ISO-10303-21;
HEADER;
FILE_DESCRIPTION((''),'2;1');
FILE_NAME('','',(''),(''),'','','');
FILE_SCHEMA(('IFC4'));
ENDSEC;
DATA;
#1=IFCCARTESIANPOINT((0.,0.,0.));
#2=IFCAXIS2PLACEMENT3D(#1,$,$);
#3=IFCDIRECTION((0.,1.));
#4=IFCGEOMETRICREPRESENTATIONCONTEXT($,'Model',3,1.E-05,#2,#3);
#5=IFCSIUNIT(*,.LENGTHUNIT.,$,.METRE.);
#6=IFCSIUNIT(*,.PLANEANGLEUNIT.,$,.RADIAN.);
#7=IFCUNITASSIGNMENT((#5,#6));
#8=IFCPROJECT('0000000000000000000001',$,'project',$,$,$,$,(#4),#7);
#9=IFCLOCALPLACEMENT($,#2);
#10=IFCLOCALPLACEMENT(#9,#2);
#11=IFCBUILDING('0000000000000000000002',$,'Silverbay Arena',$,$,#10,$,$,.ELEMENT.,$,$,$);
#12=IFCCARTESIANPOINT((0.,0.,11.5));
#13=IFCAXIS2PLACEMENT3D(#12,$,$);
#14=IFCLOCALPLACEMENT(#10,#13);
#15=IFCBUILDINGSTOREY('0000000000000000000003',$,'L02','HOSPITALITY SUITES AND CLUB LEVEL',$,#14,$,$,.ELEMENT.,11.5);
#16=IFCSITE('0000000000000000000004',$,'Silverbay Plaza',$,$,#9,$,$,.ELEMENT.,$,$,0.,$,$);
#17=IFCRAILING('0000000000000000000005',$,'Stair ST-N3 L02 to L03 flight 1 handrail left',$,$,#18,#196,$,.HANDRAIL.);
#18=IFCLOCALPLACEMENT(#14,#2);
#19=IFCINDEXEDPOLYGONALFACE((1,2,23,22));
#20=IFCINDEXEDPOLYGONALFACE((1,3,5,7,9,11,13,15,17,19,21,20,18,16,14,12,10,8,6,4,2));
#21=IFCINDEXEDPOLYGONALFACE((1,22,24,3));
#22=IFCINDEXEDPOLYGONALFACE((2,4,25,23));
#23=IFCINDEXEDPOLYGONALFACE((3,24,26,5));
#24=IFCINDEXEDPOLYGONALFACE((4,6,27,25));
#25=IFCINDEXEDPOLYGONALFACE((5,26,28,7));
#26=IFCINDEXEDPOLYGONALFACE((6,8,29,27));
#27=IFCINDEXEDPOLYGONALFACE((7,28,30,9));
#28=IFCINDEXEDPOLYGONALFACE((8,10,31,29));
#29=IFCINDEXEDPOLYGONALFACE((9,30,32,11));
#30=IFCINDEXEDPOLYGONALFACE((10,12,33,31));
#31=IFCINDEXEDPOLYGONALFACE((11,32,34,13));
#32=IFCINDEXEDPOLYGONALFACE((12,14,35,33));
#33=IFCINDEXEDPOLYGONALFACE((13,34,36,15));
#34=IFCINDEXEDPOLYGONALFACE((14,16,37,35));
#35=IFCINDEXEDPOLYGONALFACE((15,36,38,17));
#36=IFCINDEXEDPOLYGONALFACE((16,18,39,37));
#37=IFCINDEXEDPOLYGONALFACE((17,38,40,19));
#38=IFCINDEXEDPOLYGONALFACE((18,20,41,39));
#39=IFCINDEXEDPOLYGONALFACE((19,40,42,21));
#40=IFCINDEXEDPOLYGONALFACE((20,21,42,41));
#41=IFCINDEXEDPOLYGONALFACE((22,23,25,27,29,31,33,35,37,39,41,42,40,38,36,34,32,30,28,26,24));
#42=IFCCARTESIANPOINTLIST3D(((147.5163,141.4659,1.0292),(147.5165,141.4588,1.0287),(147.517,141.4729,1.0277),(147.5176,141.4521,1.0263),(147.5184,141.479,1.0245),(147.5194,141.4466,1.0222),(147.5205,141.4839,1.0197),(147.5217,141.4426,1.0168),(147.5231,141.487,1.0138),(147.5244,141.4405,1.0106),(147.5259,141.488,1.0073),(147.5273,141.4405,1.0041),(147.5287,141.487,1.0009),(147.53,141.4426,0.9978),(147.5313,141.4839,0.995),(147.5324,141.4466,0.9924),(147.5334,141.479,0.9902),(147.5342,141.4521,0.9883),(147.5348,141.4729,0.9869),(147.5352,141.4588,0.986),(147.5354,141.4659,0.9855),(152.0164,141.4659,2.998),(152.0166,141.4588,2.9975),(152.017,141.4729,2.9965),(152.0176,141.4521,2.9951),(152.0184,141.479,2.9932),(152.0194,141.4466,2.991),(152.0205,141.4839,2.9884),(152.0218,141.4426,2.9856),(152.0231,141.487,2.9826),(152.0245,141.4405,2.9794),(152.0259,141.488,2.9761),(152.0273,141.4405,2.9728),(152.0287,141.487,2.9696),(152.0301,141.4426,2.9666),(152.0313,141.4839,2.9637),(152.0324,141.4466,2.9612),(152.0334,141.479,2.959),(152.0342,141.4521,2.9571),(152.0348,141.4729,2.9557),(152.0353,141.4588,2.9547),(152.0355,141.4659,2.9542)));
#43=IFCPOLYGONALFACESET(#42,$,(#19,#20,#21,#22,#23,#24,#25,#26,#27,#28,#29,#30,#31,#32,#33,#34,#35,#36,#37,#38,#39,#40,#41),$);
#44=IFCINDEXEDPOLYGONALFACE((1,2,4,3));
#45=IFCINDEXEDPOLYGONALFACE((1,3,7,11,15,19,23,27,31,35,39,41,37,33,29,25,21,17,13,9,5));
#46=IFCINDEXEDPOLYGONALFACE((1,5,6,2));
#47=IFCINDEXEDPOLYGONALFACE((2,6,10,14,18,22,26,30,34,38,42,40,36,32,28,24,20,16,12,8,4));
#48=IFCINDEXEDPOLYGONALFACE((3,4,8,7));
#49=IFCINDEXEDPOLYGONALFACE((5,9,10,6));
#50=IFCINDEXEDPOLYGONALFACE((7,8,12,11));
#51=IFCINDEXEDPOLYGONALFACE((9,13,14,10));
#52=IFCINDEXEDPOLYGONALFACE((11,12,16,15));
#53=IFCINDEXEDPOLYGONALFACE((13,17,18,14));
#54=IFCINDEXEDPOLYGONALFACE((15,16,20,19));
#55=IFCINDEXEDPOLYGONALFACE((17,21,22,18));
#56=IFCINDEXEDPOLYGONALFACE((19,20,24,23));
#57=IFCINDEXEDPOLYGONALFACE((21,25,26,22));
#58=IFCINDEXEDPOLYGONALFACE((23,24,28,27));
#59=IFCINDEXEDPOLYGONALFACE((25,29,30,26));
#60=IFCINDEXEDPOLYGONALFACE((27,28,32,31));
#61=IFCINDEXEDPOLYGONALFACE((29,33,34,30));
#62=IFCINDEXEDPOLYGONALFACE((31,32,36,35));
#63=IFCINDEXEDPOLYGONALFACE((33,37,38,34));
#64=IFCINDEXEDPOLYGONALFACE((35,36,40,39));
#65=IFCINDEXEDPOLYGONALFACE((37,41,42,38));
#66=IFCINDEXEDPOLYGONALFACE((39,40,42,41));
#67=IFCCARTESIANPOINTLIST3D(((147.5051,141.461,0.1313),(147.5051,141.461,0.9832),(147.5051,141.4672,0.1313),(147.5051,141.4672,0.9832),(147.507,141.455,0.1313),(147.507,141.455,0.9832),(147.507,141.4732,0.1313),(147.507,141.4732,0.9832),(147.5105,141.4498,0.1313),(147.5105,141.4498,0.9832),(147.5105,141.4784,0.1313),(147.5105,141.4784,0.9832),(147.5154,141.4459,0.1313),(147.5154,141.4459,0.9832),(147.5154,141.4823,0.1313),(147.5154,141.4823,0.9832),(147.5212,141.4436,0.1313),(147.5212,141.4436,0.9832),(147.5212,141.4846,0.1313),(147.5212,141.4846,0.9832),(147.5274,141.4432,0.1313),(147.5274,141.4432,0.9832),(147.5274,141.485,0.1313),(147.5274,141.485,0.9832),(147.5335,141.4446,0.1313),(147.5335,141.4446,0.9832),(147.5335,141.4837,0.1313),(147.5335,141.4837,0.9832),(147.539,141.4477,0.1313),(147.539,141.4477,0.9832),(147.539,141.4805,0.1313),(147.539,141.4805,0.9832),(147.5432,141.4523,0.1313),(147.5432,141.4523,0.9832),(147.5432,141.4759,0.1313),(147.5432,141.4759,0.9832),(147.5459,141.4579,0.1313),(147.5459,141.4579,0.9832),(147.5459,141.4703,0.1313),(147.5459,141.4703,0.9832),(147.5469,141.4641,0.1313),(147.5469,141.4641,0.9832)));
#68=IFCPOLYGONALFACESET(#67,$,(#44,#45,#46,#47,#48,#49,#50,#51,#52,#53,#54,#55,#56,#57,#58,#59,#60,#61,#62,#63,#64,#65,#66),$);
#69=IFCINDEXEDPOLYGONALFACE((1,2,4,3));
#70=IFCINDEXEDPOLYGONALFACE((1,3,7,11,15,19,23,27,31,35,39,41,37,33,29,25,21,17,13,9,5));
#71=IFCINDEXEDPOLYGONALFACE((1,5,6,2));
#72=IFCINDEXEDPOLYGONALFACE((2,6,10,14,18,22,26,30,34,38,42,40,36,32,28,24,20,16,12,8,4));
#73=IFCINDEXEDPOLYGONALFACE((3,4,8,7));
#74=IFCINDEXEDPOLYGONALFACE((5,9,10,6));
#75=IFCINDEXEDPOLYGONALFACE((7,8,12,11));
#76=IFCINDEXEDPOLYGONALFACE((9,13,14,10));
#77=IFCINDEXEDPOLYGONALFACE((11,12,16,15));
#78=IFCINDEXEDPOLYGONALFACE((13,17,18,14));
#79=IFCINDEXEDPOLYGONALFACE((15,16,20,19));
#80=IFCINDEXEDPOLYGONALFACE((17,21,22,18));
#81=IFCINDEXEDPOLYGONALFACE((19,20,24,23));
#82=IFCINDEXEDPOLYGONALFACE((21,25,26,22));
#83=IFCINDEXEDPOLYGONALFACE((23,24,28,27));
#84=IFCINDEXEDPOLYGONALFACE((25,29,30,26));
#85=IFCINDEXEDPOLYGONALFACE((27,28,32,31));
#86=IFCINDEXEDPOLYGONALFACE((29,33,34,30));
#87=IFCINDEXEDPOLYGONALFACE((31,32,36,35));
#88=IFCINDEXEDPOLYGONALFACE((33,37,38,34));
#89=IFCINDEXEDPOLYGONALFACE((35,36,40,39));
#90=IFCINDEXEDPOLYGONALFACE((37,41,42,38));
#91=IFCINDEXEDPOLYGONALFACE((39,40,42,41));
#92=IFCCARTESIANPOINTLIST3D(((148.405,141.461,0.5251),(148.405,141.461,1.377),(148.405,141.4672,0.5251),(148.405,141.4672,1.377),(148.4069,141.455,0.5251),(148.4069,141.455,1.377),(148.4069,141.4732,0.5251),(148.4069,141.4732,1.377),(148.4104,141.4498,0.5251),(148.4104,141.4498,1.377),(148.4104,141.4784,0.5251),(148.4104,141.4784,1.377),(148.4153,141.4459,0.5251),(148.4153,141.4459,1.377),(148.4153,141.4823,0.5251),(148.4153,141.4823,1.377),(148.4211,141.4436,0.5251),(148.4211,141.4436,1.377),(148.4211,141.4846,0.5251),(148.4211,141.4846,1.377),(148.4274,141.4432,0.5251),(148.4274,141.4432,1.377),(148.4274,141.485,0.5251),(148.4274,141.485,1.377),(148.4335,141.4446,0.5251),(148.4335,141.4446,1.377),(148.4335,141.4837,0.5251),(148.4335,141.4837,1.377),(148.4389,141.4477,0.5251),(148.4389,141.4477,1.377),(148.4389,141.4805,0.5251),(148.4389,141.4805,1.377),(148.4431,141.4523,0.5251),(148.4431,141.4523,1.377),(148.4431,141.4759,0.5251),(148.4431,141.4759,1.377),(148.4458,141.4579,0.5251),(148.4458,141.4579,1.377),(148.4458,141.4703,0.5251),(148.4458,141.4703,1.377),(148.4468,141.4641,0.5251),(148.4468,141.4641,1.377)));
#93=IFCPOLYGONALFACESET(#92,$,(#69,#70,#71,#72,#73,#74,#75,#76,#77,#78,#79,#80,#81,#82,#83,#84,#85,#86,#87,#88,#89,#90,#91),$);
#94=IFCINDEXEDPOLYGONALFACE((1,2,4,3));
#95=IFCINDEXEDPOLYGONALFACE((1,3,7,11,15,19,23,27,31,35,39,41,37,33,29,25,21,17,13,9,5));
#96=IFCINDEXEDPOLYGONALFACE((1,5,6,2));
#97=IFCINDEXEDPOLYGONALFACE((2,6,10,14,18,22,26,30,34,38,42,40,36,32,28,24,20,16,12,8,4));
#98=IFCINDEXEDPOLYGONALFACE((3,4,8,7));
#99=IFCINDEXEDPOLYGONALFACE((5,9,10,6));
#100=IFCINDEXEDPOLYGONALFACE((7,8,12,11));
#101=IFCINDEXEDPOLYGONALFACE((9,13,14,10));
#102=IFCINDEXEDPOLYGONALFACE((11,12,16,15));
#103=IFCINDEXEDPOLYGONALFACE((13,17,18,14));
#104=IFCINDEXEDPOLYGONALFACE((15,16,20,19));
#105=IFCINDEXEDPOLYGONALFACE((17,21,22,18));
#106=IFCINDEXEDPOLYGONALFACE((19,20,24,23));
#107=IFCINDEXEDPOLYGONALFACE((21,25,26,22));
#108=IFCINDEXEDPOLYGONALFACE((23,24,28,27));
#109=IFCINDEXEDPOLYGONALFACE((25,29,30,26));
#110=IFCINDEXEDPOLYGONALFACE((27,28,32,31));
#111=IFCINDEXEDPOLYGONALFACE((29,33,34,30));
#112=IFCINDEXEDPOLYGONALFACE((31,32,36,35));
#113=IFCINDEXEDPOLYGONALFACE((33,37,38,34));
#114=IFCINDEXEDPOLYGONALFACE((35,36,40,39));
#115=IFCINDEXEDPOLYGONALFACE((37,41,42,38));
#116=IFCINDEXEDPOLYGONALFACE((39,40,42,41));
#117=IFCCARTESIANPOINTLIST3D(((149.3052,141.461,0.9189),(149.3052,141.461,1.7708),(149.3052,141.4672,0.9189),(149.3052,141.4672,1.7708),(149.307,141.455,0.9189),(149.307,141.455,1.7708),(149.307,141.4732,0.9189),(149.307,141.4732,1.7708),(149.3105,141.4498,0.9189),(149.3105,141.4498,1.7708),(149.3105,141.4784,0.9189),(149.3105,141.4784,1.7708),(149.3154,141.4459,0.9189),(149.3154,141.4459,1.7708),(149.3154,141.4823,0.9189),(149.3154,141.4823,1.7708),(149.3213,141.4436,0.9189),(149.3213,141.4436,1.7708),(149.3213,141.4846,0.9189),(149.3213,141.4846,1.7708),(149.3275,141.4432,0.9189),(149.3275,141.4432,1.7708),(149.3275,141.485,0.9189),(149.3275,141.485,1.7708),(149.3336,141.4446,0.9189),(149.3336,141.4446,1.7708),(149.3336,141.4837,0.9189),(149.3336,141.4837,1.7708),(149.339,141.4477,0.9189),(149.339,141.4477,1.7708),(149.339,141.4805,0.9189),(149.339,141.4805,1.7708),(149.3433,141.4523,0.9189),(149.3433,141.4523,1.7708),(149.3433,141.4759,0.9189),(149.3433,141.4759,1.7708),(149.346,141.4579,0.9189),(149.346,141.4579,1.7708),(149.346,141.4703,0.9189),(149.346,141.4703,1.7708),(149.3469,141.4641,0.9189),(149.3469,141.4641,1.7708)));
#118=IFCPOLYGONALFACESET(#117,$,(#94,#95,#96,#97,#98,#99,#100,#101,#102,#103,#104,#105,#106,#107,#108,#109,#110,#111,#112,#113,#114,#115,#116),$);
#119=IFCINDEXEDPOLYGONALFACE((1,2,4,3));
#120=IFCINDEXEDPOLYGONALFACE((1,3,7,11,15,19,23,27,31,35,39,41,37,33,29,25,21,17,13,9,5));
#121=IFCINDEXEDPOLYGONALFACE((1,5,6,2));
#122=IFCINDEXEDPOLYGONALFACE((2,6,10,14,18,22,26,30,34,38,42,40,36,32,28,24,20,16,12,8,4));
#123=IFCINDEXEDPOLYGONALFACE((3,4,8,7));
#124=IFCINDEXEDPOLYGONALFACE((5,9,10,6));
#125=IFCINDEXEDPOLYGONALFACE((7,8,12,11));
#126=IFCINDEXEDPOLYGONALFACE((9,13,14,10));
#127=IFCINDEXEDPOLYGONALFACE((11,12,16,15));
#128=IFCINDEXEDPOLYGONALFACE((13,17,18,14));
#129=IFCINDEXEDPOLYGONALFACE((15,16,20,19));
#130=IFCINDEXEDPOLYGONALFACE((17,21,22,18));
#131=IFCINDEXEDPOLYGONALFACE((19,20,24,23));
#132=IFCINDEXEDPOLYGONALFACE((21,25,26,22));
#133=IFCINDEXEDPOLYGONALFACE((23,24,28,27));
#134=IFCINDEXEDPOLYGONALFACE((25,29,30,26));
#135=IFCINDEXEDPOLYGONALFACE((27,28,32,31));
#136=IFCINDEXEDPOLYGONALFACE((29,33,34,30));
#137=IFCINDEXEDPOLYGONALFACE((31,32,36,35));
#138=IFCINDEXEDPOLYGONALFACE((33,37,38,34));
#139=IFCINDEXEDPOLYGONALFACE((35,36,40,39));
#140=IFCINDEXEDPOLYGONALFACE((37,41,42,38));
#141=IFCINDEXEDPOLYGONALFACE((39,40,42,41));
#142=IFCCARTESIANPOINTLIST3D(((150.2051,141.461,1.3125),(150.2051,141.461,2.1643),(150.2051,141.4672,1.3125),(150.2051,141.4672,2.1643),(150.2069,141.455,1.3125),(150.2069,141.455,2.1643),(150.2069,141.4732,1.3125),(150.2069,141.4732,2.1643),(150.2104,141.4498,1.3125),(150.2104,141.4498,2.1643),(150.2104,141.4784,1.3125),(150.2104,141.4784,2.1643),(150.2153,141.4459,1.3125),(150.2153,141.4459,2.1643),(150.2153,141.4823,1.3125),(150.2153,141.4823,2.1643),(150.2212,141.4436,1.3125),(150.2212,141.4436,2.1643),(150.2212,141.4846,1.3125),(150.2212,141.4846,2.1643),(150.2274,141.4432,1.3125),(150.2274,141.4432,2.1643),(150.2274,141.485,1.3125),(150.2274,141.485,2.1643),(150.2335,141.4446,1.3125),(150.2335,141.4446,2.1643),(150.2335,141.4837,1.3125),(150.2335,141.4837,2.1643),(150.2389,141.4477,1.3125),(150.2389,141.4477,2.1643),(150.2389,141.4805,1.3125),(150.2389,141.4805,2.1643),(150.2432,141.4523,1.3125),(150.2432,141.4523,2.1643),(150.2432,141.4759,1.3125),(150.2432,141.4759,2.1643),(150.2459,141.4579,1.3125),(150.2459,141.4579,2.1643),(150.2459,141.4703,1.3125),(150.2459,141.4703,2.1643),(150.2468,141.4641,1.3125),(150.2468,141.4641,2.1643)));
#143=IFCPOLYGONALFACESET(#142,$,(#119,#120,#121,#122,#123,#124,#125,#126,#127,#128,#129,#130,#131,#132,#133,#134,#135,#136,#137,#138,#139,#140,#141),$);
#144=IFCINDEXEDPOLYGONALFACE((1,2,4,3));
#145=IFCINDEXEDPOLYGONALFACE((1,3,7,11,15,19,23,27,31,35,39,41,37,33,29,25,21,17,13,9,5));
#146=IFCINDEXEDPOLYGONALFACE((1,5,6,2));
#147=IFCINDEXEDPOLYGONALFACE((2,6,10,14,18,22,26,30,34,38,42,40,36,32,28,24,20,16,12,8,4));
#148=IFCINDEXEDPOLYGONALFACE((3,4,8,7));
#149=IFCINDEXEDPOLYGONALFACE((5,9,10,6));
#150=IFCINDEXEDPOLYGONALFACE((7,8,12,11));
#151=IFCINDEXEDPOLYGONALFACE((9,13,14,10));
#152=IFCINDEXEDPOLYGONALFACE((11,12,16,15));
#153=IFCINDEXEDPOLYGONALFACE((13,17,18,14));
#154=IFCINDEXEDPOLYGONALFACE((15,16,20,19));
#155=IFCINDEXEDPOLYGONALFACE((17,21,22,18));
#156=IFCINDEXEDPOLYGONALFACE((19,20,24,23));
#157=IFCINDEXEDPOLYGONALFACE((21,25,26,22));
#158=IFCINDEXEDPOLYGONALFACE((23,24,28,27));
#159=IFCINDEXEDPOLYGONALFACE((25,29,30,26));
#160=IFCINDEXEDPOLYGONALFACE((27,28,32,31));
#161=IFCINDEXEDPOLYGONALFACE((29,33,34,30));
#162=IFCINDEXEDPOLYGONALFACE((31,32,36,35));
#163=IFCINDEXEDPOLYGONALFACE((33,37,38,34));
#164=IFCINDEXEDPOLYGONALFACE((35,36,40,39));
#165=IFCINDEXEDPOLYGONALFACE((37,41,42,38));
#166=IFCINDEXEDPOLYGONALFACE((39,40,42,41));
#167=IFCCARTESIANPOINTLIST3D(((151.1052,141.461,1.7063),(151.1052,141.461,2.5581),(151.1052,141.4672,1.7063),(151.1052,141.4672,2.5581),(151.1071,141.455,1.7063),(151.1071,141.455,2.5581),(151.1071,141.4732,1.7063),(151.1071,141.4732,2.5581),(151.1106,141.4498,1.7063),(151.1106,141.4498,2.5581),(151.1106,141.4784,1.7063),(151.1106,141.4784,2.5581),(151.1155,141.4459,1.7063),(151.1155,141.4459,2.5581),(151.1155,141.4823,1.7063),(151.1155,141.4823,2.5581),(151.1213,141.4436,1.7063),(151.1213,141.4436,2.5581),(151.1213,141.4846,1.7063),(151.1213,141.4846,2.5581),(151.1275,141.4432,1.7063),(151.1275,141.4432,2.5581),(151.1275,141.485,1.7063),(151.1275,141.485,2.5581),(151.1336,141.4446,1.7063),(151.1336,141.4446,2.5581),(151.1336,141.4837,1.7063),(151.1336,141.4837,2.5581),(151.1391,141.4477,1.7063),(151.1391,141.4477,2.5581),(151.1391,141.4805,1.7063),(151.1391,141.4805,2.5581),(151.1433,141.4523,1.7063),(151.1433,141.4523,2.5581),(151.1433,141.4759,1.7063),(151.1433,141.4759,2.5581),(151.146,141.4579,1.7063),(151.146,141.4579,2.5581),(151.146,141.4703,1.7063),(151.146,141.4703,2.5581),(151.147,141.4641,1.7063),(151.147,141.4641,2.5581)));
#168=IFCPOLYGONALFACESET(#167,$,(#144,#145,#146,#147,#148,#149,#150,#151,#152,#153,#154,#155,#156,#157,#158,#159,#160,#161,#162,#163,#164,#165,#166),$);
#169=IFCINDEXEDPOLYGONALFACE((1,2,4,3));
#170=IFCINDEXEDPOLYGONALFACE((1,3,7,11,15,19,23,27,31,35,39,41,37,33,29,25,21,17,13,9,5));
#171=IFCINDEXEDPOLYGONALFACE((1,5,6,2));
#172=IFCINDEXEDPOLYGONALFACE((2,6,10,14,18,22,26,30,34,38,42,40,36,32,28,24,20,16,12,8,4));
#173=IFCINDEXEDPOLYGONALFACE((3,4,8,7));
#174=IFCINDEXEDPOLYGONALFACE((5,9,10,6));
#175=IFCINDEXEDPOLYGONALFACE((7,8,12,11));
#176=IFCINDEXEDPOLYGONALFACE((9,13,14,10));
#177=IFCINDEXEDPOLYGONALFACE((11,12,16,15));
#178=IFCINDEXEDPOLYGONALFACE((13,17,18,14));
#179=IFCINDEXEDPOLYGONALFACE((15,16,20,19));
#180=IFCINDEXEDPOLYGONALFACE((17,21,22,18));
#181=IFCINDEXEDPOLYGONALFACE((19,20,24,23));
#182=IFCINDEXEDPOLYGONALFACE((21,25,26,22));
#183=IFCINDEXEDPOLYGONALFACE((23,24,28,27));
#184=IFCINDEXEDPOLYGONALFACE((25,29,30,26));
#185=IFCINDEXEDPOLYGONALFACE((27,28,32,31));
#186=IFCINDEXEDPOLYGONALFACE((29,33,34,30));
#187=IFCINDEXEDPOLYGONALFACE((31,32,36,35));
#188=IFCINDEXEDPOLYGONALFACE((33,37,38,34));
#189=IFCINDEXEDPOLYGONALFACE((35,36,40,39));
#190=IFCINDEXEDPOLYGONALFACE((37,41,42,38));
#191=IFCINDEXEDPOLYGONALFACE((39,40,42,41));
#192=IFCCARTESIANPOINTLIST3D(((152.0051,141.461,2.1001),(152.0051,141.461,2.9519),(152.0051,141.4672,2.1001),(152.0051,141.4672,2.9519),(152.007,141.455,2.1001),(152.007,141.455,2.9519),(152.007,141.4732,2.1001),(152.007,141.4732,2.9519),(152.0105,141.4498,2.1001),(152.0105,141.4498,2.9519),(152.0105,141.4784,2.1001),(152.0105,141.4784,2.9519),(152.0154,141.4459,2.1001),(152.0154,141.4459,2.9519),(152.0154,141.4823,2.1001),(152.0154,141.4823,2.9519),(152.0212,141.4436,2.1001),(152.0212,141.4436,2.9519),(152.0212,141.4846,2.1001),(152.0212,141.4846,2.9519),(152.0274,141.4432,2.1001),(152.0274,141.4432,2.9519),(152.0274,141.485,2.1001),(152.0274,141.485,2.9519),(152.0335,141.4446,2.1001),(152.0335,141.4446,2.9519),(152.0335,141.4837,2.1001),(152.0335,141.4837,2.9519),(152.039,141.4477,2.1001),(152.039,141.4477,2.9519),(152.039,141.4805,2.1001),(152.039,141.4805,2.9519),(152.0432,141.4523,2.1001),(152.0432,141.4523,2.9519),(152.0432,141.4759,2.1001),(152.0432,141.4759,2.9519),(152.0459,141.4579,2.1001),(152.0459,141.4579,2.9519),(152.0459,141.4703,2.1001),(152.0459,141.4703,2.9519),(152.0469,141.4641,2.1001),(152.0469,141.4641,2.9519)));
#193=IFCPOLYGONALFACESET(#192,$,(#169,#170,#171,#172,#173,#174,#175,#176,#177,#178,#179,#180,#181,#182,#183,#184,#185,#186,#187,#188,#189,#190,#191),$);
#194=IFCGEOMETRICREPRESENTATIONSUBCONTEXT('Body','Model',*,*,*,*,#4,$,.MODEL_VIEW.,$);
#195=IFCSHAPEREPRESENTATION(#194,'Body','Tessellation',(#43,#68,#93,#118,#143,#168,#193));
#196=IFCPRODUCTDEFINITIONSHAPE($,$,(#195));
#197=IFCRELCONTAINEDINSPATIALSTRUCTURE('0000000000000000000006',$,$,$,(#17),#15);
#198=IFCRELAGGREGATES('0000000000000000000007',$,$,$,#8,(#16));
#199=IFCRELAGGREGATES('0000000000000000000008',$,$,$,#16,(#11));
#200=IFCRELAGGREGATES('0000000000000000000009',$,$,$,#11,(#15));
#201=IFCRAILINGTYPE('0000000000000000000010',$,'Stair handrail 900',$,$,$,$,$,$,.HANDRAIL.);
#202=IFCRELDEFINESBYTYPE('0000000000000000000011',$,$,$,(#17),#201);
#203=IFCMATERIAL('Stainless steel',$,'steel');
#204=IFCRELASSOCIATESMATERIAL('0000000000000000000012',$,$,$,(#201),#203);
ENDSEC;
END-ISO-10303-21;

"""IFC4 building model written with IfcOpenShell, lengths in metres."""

from ifc_helpers import new_model, si_unit, direction, frame, origin, origin_2d, place, context, subcontext, project, spatial, circle, extrude, material, type_object, element, save


model = new_model("IFC4")

# Units and contexts
model_context = context("Model", 3, precision=1e-05, world=origin(), true_north=direction((0.0, 1.0)))
body_context = subcontext(model_context, "Body", "Model", "MODEL_VIEW")
ifc_project = project(units=[si_unit("LENGTHUNIT", "METRE"), si_unit("PLANEANGLEUNIT", "RADIAN")], contexts=[model_context])

# Site, building, storey
site_placement = place(None, origin())
site = spatial("IfcSite", under=ifc_project, at=site_placement, Name="Silverbay Plaza", CompositionType="ELEMENT", RefElevation=0.0)
building_placement = place(site_placement, origin())
building = spatial("IfcBuilding", under=site, at=building_placement, Name="Silverbay Arena", CompositionType="ELEMENT")
storey_placement = place(building_placement, frame((0.0, 0.0, 11.5)))
storey = spatial("IfcBuildingStorey", under=building, at=storey_placement, Name="L02", Description="HOSPITALITY SUITES AND CLUB LEVEL", CompositionType="ELEMENT", Elevation=11.5)

# Railing
ifc_material_1 = material(Name="Stainless steel", Category="steel")
railing_type_1 = type_object("IfcRailingType", Name="Stair handrail 900", PredefinedType="HANDRAIL", material=ifc_material_1)
for number, where, name in (
    (1, (147.5259, 141.4641, 0.1313), "Stair ST-N3 L02 to L03 flight 1 handrail left"),
):
    element("IfcRailing", number, at=place(storey_placement, frame(where)), inside=storey, type_object=railing_type_1, Name=name, PredefinedType="HANDRAIL", context=body_context, shape_type="SweptSolid", body=[
        extrude(circle(Radius=0.0239, at=origin_2d()), frame((0.0, 0.0, 0.876), z_axis=(0.916157, 0.0, 0.400819), x_axis=(0.0, 1.0, 0.0)), (0.0, 0.0, 1.0), 4.9119),
        extrude(circle(Radius=0.021, at=origin_2d()), origin(), (0.0, 0.0, 1.0), 0.8518),
        extrude(circle(Radius=0.021, at=origin_2d()), frame((0.8999, 0.0, 0.3938)), (0.0, 0.0, 1.0), 0.8518),
        extrude(circle(Radius=0.021, at=origin_2d()), frame((1.8, 0.0, 0.7876)), (0.0, 0.0, 1.0), 0.8518),
        extrude(circle(Radius=0.021, at=origin_2d()), frame((2.7, 0.0, 1.1812)), (0.0, 0.0, 1.0), 0.8518),
        extrude(circle(Radius=0.021, at=origin_2d()), frame((3.6001, 0.0, 1.575)), (0.0, 0.0, 1.0), 0.8518),
        extrude(circle(Radius=0.021, at=origin_2d()), frame((4.5, 0.0, 1.9688)), (0.0, 0.0, 1.0), 0.8518),
    ])

save(model, "model.ifc")
